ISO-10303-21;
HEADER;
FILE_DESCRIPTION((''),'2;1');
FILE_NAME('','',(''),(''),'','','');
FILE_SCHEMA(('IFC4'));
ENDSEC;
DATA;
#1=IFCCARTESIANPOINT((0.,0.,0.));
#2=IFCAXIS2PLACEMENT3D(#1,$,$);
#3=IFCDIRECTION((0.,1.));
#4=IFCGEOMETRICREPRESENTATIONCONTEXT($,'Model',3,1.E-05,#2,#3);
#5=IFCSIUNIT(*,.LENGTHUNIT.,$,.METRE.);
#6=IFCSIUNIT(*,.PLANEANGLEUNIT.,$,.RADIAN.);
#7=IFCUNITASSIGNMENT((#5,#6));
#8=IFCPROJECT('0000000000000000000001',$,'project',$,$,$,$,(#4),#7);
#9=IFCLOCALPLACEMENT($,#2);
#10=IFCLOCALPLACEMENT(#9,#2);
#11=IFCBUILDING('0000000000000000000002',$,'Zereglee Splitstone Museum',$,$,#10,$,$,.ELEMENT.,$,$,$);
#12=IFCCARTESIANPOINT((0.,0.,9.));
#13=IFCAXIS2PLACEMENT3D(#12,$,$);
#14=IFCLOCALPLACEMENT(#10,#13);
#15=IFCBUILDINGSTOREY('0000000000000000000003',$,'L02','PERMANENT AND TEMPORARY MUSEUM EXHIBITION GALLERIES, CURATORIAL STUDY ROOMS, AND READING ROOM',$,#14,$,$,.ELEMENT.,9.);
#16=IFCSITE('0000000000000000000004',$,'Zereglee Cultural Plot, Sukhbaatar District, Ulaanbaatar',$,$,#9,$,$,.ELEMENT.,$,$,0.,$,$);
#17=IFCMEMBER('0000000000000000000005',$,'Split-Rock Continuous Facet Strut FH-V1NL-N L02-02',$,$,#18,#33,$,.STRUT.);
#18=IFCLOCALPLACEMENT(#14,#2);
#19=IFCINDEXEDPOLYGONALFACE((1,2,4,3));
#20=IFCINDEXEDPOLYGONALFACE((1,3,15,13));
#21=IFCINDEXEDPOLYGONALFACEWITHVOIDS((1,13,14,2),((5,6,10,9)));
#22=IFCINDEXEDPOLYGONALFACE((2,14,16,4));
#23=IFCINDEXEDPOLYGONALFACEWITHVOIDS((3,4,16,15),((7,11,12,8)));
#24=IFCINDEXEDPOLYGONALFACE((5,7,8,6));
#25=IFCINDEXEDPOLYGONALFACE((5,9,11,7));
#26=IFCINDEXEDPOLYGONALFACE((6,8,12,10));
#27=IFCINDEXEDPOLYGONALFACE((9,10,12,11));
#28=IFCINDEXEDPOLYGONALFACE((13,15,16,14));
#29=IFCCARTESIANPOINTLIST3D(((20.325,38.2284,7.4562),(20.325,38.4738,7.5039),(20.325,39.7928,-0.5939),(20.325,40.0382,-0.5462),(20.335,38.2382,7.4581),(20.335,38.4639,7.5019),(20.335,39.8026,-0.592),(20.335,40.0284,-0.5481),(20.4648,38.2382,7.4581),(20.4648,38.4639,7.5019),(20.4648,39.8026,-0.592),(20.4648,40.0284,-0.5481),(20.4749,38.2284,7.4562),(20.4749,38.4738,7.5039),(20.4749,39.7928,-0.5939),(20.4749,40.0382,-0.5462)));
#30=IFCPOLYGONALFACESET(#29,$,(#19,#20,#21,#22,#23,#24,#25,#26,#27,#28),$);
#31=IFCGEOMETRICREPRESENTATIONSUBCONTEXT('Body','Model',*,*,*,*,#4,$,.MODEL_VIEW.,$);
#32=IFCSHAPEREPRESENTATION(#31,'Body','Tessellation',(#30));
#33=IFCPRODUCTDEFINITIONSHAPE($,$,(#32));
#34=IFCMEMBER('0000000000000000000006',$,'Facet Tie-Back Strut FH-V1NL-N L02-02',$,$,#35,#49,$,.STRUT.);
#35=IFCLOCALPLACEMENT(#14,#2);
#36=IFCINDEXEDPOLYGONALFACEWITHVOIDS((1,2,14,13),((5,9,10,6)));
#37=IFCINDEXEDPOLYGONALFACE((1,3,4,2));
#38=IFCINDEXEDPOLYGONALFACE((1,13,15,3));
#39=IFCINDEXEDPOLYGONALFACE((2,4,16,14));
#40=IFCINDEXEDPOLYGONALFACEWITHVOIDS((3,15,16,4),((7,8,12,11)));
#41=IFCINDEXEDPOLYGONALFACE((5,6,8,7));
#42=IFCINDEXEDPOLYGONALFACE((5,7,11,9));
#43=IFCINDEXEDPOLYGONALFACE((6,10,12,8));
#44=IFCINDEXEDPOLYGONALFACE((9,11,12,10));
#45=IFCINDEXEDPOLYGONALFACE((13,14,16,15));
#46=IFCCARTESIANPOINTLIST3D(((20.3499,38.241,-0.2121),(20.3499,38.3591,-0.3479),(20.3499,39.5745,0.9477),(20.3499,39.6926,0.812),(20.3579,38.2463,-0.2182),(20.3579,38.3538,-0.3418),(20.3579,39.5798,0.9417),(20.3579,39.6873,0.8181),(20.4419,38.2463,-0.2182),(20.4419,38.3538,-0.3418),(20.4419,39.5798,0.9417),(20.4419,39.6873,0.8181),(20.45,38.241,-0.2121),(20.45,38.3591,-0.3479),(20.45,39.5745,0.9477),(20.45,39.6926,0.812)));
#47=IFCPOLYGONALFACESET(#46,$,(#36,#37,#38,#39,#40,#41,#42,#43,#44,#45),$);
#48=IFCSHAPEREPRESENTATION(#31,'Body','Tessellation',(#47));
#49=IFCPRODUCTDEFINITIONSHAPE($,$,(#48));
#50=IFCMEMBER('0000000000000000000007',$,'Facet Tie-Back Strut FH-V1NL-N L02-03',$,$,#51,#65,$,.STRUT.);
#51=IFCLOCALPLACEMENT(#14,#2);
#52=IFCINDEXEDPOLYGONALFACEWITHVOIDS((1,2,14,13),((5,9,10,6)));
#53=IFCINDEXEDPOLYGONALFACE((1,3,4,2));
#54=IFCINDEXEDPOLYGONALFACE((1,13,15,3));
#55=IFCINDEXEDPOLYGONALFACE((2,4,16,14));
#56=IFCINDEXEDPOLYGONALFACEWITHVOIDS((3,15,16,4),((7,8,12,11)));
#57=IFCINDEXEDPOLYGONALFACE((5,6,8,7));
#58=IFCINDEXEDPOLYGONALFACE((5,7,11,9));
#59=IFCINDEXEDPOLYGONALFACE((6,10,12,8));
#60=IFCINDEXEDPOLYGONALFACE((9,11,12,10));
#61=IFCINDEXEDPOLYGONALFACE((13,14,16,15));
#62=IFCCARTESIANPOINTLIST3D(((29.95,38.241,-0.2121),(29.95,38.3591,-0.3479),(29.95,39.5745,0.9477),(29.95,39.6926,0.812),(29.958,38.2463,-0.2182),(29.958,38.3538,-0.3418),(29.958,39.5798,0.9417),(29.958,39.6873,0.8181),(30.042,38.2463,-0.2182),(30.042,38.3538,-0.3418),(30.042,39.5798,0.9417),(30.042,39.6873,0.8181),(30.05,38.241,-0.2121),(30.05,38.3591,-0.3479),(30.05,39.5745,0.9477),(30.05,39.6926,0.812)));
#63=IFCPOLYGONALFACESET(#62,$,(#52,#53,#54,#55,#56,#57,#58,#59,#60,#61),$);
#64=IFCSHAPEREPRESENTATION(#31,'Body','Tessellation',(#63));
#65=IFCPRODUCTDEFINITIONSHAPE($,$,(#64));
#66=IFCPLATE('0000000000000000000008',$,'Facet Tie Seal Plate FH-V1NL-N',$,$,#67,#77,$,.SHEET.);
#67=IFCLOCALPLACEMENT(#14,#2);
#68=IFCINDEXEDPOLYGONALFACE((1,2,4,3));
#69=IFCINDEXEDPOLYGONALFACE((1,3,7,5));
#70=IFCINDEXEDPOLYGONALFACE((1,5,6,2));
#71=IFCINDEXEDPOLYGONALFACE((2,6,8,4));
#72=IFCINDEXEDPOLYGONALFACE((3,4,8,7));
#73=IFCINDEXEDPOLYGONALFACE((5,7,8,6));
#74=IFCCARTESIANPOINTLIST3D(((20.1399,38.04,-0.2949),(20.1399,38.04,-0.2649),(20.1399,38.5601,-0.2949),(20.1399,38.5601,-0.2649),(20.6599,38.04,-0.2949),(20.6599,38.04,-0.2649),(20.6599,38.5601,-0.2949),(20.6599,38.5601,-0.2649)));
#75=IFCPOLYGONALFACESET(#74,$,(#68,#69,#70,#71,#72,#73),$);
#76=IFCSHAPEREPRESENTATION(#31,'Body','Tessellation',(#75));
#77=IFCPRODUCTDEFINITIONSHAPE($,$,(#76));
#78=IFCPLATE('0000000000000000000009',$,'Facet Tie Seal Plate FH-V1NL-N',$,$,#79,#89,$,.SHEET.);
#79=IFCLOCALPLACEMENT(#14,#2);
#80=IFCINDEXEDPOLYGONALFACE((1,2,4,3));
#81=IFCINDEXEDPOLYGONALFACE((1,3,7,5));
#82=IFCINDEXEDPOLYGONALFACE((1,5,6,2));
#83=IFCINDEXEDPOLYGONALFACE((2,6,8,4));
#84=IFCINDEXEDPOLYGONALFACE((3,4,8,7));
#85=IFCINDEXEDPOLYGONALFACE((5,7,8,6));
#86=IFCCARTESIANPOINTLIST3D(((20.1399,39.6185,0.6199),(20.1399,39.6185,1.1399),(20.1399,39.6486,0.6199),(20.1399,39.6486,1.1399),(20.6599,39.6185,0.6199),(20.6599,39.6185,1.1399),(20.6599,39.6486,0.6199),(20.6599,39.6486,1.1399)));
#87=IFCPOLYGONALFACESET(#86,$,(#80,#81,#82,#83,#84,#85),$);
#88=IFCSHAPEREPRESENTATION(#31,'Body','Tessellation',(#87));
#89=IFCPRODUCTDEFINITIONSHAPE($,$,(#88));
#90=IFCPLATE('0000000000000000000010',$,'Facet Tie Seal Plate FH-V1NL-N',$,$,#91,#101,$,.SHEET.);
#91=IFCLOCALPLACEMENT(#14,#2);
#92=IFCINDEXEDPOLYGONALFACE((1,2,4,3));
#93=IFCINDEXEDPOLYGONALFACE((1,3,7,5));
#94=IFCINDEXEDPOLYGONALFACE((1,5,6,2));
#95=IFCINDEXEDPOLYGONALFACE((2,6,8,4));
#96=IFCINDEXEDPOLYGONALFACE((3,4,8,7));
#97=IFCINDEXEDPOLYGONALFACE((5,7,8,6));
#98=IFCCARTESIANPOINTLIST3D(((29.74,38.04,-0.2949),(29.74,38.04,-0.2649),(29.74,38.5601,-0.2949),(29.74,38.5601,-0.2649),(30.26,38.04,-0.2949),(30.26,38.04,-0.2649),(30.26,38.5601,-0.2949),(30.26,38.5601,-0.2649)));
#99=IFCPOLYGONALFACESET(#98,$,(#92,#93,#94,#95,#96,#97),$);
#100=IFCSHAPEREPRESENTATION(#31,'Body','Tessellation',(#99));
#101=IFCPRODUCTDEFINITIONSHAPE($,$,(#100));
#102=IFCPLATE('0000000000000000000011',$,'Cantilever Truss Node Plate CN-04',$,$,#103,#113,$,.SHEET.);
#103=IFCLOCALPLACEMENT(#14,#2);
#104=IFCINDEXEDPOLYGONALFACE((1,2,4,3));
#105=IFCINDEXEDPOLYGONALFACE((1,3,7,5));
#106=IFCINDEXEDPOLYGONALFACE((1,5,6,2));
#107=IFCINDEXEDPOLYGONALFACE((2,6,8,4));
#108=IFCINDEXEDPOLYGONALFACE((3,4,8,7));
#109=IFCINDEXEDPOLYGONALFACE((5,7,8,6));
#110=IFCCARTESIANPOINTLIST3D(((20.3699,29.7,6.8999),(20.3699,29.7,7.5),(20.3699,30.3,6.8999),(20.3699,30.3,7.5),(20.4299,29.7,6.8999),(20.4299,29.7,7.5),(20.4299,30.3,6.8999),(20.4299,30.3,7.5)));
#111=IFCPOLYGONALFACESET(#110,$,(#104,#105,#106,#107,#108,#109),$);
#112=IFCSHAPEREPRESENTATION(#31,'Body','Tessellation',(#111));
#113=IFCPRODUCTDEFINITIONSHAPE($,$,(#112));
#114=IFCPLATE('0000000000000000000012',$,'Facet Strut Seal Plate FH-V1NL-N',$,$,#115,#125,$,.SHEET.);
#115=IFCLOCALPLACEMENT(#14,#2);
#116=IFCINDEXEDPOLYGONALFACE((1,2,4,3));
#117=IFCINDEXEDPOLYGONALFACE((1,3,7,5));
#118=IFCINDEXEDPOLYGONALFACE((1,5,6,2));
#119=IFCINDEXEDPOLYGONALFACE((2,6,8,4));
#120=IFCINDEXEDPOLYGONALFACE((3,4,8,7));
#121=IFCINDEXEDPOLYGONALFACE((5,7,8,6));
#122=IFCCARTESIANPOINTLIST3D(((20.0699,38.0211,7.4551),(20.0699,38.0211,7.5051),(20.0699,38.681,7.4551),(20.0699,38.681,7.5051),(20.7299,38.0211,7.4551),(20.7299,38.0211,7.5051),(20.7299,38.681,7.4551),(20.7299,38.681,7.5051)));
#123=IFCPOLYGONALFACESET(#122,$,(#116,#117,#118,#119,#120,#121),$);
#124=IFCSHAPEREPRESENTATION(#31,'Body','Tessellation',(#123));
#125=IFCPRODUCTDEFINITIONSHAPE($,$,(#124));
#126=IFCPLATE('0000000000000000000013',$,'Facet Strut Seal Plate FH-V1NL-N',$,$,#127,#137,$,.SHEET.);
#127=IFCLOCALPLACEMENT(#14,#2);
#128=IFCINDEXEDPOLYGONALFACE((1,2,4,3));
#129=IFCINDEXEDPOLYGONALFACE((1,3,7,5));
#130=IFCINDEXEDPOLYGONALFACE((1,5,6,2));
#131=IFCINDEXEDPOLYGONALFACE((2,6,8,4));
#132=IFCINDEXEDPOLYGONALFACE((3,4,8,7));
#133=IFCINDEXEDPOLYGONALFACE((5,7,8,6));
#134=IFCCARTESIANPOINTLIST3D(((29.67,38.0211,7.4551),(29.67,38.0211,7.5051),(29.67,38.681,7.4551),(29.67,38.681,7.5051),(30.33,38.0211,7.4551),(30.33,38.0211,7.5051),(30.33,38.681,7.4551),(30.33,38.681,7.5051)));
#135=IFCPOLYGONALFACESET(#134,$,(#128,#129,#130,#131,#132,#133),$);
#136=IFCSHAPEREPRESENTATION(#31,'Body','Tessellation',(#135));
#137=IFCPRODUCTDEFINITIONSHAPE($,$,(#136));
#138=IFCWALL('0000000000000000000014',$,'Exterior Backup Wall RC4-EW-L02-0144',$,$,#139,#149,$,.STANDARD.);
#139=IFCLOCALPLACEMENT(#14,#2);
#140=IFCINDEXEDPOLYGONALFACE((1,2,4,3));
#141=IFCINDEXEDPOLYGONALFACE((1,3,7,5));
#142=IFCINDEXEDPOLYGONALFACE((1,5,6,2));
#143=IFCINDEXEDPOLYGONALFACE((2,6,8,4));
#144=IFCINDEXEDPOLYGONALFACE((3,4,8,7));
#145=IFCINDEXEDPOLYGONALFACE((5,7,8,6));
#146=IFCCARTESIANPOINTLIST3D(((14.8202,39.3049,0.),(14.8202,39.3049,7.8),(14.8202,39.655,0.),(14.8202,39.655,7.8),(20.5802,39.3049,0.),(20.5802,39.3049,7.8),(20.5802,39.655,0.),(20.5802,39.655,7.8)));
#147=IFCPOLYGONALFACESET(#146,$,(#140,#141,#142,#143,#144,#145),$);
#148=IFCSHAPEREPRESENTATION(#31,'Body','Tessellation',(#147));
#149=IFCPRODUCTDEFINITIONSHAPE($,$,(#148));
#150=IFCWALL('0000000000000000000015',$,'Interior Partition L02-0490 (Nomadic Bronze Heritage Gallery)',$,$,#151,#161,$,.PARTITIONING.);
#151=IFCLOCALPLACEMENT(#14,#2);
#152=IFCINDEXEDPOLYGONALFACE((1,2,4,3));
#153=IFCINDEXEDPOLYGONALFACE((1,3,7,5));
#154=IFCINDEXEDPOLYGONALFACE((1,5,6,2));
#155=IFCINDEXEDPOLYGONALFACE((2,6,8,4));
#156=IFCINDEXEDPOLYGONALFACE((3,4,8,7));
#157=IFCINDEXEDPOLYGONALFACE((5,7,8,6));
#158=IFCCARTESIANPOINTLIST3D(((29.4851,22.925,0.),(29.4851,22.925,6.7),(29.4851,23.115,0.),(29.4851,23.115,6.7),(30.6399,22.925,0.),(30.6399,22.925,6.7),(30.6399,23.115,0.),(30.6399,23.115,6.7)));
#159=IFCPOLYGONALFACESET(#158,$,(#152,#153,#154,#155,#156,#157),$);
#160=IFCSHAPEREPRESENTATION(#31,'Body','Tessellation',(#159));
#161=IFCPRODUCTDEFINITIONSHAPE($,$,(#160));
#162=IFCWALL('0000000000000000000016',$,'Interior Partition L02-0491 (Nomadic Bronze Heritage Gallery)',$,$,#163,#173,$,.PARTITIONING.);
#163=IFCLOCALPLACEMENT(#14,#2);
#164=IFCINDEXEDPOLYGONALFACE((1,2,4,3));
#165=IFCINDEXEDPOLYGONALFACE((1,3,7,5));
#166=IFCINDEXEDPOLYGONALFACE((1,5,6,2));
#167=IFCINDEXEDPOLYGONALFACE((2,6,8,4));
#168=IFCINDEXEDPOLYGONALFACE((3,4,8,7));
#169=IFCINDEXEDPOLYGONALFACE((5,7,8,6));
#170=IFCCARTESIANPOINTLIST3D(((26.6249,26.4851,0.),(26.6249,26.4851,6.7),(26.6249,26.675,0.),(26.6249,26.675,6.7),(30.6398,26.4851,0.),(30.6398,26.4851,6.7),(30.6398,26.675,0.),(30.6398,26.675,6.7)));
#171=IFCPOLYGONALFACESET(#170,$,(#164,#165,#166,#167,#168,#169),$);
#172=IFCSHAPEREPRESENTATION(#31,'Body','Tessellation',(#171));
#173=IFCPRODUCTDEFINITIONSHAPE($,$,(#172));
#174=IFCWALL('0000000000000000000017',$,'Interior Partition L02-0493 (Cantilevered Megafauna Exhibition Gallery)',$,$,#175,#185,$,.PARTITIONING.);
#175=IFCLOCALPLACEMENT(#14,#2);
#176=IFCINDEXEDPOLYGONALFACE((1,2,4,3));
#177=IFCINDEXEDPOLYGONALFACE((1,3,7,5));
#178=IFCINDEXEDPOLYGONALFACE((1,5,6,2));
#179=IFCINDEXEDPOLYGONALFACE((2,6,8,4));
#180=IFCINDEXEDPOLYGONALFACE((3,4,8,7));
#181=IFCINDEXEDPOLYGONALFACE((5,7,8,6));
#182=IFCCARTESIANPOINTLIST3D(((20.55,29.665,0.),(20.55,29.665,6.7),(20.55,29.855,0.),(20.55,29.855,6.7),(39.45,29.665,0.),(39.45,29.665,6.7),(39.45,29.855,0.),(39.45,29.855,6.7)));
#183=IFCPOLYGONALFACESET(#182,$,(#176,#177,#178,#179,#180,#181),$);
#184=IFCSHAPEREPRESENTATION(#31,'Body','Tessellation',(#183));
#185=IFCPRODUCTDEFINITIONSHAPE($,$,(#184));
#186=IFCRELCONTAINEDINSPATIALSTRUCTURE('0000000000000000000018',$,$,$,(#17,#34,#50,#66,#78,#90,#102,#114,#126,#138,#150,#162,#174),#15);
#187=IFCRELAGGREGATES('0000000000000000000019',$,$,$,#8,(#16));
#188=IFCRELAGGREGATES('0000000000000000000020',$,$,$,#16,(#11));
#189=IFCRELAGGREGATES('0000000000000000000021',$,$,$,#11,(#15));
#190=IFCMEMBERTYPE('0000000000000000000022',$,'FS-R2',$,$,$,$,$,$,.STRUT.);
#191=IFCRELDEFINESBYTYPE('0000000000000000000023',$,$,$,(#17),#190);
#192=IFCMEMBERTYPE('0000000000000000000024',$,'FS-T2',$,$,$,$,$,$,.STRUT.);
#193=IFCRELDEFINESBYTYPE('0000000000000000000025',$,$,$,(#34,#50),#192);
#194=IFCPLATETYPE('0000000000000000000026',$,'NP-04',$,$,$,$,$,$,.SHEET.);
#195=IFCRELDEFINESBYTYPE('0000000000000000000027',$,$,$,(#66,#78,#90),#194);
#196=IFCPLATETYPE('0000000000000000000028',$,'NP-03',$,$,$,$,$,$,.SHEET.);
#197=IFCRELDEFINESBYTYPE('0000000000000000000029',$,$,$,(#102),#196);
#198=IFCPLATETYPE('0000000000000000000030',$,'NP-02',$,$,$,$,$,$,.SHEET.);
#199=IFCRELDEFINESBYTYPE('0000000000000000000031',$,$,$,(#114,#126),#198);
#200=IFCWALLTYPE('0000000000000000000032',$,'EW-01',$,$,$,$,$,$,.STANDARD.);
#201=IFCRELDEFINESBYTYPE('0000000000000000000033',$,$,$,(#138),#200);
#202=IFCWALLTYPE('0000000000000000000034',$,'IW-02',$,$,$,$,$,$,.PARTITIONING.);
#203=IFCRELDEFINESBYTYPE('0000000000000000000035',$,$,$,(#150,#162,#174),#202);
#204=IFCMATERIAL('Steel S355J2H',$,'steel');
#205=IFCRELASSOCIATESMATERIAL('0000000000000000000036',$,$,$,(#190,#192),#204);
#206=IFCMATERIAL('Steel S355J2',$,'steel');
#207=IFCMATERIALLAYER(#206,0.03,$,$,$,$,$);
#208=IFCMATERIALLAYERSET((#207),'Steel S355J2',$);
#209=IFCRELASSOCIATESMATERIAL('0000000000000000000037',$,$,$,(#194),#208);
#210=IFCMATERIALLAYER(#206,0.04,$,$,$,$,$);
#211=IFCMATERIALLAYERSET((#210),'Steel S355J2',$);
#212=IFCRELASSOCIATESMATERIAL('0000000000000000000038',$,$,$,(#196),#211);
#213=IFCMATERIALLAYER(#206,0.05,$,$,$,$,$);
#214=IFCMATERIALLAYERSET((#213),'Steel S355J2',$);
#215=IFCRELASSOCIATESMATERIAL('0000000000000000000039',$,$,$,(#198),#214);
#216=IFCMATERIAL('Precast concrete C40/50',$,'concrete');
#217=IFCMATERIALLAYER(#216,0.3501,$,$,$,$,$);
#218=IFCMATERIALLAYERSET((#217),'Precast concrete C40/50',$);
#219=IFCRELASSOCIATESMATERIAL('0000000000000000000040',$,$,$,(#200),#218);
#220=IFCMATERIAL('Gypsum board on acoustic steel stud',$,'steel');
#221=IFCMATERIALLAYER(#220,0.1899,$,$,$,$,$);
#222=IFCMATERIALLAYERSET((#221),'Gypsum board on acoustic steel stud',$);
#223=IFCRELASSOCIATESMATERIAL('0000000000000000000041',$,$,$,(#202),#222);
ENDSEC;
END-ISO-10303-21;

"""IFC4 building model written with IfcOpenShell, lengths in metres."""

from ifc_helpers import new_model, si_unit, direction, frame, frame_2d, origin, origin_2d, place, context, subcontext, project, spatial, rectangle, hollow_rectangle, extrude, material, layer, layer_set, material_profile, profile_set, type_object, element, save


model = new_model("IFC4")

# Units and contexts
model_context = context("Model", 3, precision=1e-05, world=origin(), true_north=direction((0.0, 1.0)))
body_context = subcontext(model_context, "Body", "Model", "MODEL_VIEW")
ifc_project = project(units=[si_unit("LENGTHUNIT", "METRE"), si_unit("PLANEANGLEUNIT", "RADIAN")], contexts=[model_context])

# Site, building, storey
site_placement = place(None, origin())
site = spatial("IfcSite", under=ifc_project, at=site_placement, Name="Zereglee Cultural Plot, Sukhbaatar District, Ulaanbaatar", CompositionType="ELEMENT", RefElevation=0.0)
building_placement = place(site_placement, origin())
building = spatial("IfcBuilding", under=site, at=building_placement, Name="Zereglee Splitstone Museum", CompositionType="ELEMENT")
storey_placement = place(building_placement, frame((0.0, 0.0, 9.0)))
storey = spatial("IfcBuildingStorey", under=building, at=storey_placement, Name="L02", Description="PERMANENT AND TEMPORARY MUSEUM EXHIBITION GALLERIES, CURATORIAL STUDY ROOMS, AND READING ROOM", CompositionType="ELEMENT", Elevation=9.0)

# Shared definitions
ifc_material_1 = material(Name="Steel S355J2", Category="steel")
ifc_material_2 = material(Name="Steel S355J2H", Category="steel")

# Members
ifc_material_profile_1 = material_profile(ifc_material_2, hollow_rectangle(XDim=0.1499, YDim=0.25, WallThickness=0.01, at=origin_2d()), Name="RHS 250x150x10")
ifc_profile_set_1 = profile_set([ifc_material_profile_1], Name="Steel S355J2H")
member_type_1 = type_object("IfcMemberType", Name="FS-R2", PredefinedType="STRUT", material=ifc_profile_set_1)
member_1_placement = place(storey_placement, frame((20.3999, 39.9155, -0.5701), z_axis=(0.0, -0.190772, 0.981634), x_axis=(1.0, 0.0, 0.0)))
element("IfcMember", 1, at=member_1_placement, inside=storey, type_object=member_type_1, Name="Split-Rock Continuous Facet Strut FH-V1NL-N L02-02", PredefinedType="STRUT", context=body_context, shape_type="SweptSolid", body=[
    extrude(hollow_rectangle(XDim=0.1499, YDim=0.25, WallThickness=0.01, at=origin_2d()), origin(), (0.0, 0.0, 1.0), 8.2007),
])
ifc_material_profile_2 = material_profile(ifc_material_2, hollow_rectangle(XDim=0.1001, YDim=0.1799, WallThickness=0.0081, at=origin_2d()), Name="RHS 180x100x8")
ifc_profile_set_2 = profile_set([ifc_material_profile_2], Name="Steel S355J2H")
member_type_2 = type_object("IfcMemberType", Name="FS-T2", PredefinedType="STRUT", material=ifc_profile_set_2)
for number, where, z_axis, x_axis, name in (
    (2, (20.3999, 38.3, -0.28), (0.0, 0.754507, 0.656292), (-1.0, 0.0, 0.0), "Facet Tie-Back Strut FH-V1NL-N L02-02"),
    (3, (30.0, 38.3, -0.28), (0.0, 0.754507, 0.656292), (-1.0, 0.0, 0.0), "Facet Tie-Back Strut FH-V1NL-N L02-03"),
):
    element("IfcMember", number, at=place(storey_placement, frame(where, z_axis=z_axis, x_axis=x_axis)), inside=storey, type_object=member_type_2, Name=name, PredefinedType="STRUT", context=body_context, shape_type="SweptSolid", body=[
        extrude(hollow_rectangle(XDim=0.1001, YDim=0.1799, WallThickness=0.0081, at=origin_2d()), origin(), (0.0, 0.0, 1.0), 1.7673),
    ])

# Plates
ifc_layer_1 = layer(ifc_material_1, 0.03)
ifc_layer_set_1 = layer_set([ifc_layer_1], Name="Steel S355J2")
plate_type_1 = type_object("IfcPlateType", Name="NP-04", PredefinedType="SHEET", material=ifc_layer_set_1)
plate_1_placement = place(storey_placement, frame((20.3999, 38.3, -0.2949), z_axis=(0.0, 0.0, 1.0), x_axis=(1.0, 0.0, 0.0)))
element("IfcPlate", 4, at=plate_1_placement, inside=storey, type_object=plate_type_1, Name="Facet Tie Seal Plate FH-V1NL-N", PredefinedType="SHEET", context=body_context, shape_type="SweptSolid", body=[
    extrude(rectangle(XDim=0.52, YDim=0.52, at=origin_2d()), origin(), (0.0, 0.0, 1.0), 0.03),
])
plate_2_placement = place(storey_placement, frame((20.3999, 39.6335, 0.6199), z_axis=(0.0, 0.0, 1.0), x_axis=(1.0, 0.0, 0.0)))
element("IfcPlate", 5, at=plate_2_placement, inside=storey, type_object=plate_type_1, Name="Facet Tie Seal Plate FH-V1NL-N", PredefinedType="SHEET", context=body_context, shape_type="SweptSolid", body=[
    extrude(rectangle(XDim=0.52, YDim=0.03, at=origin_2d()), origin(), (0.0, 0.0, 1.0), 0.52),
])
plate_3_placement = place(storey_placement, frame((30.0, 38.3, -0.2949), z_axis=(0.0, 0.0, 1.0), x_axis=(1.0, 0.0, 0.0)))
element("IfcPlate", 6, at=plate_3_placement, inside=storey, type_object=plate_type_1, Name="Facet Tie Seal Plate FH-V1NL-N", PredefinedType="SHEET", context=body_context, shape_type="SweptSolid", body=[
    extrude(rectangle(XDim=0.52, YDim=0.52, at=origin_2d()), origin(), (0.0, 0.0, 1.0), 0.03),
])
ifc_layer_2 = layer(ifc_material_1, 0.04)
ifc_layer_set_2 = layer_set([ifc_layer_2], Name="Steel S355J2")
plate_type_2 = type_object("IfcPlateType", Name="NP-03", PredefinedType="SHEET", material=ifc_layer_set_2)
plate_4_placement = place(storey_placement, frame((20.3999, 30.0, 6.8999), z_axis=(0.0, 0.0, 1.0), x_axis=(1.0, 0.0, 0.0)))
element("IfcPlate", 7, at=plate_4_placement, inside=storey, type_object=plate_type_2, Name="Cantilever Truss Node Plate CN-04", PredefinedType="SHEET", context=body_context, shape_type="SweptSolid", body=[
    extrude(rectangle(XDim=0.0601, YDim=0.6001, at=origin_2d()), origin(), (0.0, 0.0, 1.0), 0.6001),
])
ifc_layer_3 = layer(ifc_material_1, 0.05)
ifc_layer_set_3 = layer_set([ifc_layer_3], Name="Steel S355J2")
plate_type_3 = type_object("IfcPlateType", Name="NP-02", PredefinedType="SHEET", material=ifc_layer_set_3)
for number, where, z_axis, x_axis, name in (
    (8, (20.3999, 38.3511, 7.4551), (0.0, 0.0, 1.0), (1.0, 0.0, 0.0), "Facet Strut Seal Plate FH-V1NL-N"),
    (9, (30.0, 38.3511, 7.4551), (0.0, 0.0, 1.0), (1.0, 0.0, 0.0), "Facet Strut Seal Plate FH-V1NL-N"),
):
    element("IfcPlate", number, at=place(storey_placement, frame(where, z_axis=z_axis, x_axis=x_axis)), inside=storey, type_object=plate_type_3, Name=name, PredefinedType="SHEET", context=body_context, shape_type="SweptSolid", body=[
        extrude(rectangle(XDim=0.6599, YDim=0.6599, at=origin_2d()), origin(), (0.0, 0.0, 1.0), 0.05),
    ])

# Walls
ifc_material_3 = material(Name="Precast concrete C40/50", Category="concrete")
ifc_layer_4 = layer(ifc_material_3, 0.3501)
ifc_layer_set_4 = layer_set([ifc_layer_4], Name="Precast concrete C40/50")
wall_type_1 = type_object("IfcWallType", Name="EW-01", PredefinedType="STANDARD", material=ifc_layer_set_4)
wall_1_placement = place(storey_placement, frame((20.5801, 39.48, 0.0), z_axis=(0.0, 0.0, 1.0), x_axis=(-1.0, 0.0, 0.0)))
element("IfcWall", 10, at=wall_1_placement, inside=storey, type_object=wall_type_1, Name="Exterior Backup Wall RC4-EW-L02-0144", PredefinedType="STANDARD", context=body_context, shape_type="SweptSolid", body=[
    extrude(rectangle(XDim=5.76, YDim=0.3501, at=frame_2d((2.8799, 0.0))), origin(), (0.0, 0.0, 1.0), 7.8),
])
ifc_material_4 = material(Name="Gypsum board on acoustic steel stud", Category="steel")
ifc_layer_5 = layer(ifc_material_4, 0.1899)
ifc_layer_set_5 = layer_set([ifc_layer_5], Name="Gypsum board on acoustic steel stud")
wall_type_2 = type_object("IfcWallType", Name="IW-02", PredefinedType="PARTITIONING", material=ifc_layer_set_5)
wall_2_placement = place(storey_placement, frame((29.4851, 23.02, 0.0), z_axis=(0.0, 0.0, 1.0), x_axis=(1.0, 0.0, 0.0)))
element("IfcWall", 11, at=wall_2_placement, inside=storey, type_object=wall_type_2, Name="Interior Partition L02-0490 (Nomadic Bronze Heritage Gallery)", PredefinedType="PARTITIONING", context=body_context, shape_type="SweptSolid", body=[
    extrude(rectangle(XDim=1.1548, YDim=0.1899, at=frame_2d((0.5774, 0.0))), origin(), (0.0, 0.0, 1.0), 6.7),
])
wall_3_placement = place(storey_placement, frame((26.625, 26.5801, 0.0), z_axis=(0.0, 0.0, 1.0), x_axis=(1.0, 0.0, 0.0)))
element("IfcWall", 12, at=wall_3_placement, inside=storey, type_object=wall_type_2, Name="Interior Partition L02-0491 (Nomadic Bronze Heritage Gallery)", PredefinedType="PARTITIONING", context=body_context, shape_type="SweptSolid", body=[
    extrude(rectangle(XDim=4.0149, YDim=0.1899, at=frame_2d((2.0073, 0.0))), origin(), (0.0, 0.0, 1.0), 6.7),
])
wall_4_placement = place(storey_placement, frame((20.55, 29.76, 0.0), z_axis=(0.0, 0.0, 1.0), x_axis=(1.0, 0.0, 0.0)))
element("IfcWall", 13, at=wall_4_placement, inside=storey, type_object=wall_type_2, Name="Interior Partition L02-0493 (Cantilevered Megafauna Exhibition Gallery)", PredefinedType="PARTITIONING", context=body_context, shape_type="SweptSolid", body=[
    extrude(rectangle(XDim=18.8999, YDim=0.1899, at=frame_2d((9.45, 0.0))), origin(), (0.0, 0.0, 1.0), 6.7),
])

save(model, "model.ifc")
